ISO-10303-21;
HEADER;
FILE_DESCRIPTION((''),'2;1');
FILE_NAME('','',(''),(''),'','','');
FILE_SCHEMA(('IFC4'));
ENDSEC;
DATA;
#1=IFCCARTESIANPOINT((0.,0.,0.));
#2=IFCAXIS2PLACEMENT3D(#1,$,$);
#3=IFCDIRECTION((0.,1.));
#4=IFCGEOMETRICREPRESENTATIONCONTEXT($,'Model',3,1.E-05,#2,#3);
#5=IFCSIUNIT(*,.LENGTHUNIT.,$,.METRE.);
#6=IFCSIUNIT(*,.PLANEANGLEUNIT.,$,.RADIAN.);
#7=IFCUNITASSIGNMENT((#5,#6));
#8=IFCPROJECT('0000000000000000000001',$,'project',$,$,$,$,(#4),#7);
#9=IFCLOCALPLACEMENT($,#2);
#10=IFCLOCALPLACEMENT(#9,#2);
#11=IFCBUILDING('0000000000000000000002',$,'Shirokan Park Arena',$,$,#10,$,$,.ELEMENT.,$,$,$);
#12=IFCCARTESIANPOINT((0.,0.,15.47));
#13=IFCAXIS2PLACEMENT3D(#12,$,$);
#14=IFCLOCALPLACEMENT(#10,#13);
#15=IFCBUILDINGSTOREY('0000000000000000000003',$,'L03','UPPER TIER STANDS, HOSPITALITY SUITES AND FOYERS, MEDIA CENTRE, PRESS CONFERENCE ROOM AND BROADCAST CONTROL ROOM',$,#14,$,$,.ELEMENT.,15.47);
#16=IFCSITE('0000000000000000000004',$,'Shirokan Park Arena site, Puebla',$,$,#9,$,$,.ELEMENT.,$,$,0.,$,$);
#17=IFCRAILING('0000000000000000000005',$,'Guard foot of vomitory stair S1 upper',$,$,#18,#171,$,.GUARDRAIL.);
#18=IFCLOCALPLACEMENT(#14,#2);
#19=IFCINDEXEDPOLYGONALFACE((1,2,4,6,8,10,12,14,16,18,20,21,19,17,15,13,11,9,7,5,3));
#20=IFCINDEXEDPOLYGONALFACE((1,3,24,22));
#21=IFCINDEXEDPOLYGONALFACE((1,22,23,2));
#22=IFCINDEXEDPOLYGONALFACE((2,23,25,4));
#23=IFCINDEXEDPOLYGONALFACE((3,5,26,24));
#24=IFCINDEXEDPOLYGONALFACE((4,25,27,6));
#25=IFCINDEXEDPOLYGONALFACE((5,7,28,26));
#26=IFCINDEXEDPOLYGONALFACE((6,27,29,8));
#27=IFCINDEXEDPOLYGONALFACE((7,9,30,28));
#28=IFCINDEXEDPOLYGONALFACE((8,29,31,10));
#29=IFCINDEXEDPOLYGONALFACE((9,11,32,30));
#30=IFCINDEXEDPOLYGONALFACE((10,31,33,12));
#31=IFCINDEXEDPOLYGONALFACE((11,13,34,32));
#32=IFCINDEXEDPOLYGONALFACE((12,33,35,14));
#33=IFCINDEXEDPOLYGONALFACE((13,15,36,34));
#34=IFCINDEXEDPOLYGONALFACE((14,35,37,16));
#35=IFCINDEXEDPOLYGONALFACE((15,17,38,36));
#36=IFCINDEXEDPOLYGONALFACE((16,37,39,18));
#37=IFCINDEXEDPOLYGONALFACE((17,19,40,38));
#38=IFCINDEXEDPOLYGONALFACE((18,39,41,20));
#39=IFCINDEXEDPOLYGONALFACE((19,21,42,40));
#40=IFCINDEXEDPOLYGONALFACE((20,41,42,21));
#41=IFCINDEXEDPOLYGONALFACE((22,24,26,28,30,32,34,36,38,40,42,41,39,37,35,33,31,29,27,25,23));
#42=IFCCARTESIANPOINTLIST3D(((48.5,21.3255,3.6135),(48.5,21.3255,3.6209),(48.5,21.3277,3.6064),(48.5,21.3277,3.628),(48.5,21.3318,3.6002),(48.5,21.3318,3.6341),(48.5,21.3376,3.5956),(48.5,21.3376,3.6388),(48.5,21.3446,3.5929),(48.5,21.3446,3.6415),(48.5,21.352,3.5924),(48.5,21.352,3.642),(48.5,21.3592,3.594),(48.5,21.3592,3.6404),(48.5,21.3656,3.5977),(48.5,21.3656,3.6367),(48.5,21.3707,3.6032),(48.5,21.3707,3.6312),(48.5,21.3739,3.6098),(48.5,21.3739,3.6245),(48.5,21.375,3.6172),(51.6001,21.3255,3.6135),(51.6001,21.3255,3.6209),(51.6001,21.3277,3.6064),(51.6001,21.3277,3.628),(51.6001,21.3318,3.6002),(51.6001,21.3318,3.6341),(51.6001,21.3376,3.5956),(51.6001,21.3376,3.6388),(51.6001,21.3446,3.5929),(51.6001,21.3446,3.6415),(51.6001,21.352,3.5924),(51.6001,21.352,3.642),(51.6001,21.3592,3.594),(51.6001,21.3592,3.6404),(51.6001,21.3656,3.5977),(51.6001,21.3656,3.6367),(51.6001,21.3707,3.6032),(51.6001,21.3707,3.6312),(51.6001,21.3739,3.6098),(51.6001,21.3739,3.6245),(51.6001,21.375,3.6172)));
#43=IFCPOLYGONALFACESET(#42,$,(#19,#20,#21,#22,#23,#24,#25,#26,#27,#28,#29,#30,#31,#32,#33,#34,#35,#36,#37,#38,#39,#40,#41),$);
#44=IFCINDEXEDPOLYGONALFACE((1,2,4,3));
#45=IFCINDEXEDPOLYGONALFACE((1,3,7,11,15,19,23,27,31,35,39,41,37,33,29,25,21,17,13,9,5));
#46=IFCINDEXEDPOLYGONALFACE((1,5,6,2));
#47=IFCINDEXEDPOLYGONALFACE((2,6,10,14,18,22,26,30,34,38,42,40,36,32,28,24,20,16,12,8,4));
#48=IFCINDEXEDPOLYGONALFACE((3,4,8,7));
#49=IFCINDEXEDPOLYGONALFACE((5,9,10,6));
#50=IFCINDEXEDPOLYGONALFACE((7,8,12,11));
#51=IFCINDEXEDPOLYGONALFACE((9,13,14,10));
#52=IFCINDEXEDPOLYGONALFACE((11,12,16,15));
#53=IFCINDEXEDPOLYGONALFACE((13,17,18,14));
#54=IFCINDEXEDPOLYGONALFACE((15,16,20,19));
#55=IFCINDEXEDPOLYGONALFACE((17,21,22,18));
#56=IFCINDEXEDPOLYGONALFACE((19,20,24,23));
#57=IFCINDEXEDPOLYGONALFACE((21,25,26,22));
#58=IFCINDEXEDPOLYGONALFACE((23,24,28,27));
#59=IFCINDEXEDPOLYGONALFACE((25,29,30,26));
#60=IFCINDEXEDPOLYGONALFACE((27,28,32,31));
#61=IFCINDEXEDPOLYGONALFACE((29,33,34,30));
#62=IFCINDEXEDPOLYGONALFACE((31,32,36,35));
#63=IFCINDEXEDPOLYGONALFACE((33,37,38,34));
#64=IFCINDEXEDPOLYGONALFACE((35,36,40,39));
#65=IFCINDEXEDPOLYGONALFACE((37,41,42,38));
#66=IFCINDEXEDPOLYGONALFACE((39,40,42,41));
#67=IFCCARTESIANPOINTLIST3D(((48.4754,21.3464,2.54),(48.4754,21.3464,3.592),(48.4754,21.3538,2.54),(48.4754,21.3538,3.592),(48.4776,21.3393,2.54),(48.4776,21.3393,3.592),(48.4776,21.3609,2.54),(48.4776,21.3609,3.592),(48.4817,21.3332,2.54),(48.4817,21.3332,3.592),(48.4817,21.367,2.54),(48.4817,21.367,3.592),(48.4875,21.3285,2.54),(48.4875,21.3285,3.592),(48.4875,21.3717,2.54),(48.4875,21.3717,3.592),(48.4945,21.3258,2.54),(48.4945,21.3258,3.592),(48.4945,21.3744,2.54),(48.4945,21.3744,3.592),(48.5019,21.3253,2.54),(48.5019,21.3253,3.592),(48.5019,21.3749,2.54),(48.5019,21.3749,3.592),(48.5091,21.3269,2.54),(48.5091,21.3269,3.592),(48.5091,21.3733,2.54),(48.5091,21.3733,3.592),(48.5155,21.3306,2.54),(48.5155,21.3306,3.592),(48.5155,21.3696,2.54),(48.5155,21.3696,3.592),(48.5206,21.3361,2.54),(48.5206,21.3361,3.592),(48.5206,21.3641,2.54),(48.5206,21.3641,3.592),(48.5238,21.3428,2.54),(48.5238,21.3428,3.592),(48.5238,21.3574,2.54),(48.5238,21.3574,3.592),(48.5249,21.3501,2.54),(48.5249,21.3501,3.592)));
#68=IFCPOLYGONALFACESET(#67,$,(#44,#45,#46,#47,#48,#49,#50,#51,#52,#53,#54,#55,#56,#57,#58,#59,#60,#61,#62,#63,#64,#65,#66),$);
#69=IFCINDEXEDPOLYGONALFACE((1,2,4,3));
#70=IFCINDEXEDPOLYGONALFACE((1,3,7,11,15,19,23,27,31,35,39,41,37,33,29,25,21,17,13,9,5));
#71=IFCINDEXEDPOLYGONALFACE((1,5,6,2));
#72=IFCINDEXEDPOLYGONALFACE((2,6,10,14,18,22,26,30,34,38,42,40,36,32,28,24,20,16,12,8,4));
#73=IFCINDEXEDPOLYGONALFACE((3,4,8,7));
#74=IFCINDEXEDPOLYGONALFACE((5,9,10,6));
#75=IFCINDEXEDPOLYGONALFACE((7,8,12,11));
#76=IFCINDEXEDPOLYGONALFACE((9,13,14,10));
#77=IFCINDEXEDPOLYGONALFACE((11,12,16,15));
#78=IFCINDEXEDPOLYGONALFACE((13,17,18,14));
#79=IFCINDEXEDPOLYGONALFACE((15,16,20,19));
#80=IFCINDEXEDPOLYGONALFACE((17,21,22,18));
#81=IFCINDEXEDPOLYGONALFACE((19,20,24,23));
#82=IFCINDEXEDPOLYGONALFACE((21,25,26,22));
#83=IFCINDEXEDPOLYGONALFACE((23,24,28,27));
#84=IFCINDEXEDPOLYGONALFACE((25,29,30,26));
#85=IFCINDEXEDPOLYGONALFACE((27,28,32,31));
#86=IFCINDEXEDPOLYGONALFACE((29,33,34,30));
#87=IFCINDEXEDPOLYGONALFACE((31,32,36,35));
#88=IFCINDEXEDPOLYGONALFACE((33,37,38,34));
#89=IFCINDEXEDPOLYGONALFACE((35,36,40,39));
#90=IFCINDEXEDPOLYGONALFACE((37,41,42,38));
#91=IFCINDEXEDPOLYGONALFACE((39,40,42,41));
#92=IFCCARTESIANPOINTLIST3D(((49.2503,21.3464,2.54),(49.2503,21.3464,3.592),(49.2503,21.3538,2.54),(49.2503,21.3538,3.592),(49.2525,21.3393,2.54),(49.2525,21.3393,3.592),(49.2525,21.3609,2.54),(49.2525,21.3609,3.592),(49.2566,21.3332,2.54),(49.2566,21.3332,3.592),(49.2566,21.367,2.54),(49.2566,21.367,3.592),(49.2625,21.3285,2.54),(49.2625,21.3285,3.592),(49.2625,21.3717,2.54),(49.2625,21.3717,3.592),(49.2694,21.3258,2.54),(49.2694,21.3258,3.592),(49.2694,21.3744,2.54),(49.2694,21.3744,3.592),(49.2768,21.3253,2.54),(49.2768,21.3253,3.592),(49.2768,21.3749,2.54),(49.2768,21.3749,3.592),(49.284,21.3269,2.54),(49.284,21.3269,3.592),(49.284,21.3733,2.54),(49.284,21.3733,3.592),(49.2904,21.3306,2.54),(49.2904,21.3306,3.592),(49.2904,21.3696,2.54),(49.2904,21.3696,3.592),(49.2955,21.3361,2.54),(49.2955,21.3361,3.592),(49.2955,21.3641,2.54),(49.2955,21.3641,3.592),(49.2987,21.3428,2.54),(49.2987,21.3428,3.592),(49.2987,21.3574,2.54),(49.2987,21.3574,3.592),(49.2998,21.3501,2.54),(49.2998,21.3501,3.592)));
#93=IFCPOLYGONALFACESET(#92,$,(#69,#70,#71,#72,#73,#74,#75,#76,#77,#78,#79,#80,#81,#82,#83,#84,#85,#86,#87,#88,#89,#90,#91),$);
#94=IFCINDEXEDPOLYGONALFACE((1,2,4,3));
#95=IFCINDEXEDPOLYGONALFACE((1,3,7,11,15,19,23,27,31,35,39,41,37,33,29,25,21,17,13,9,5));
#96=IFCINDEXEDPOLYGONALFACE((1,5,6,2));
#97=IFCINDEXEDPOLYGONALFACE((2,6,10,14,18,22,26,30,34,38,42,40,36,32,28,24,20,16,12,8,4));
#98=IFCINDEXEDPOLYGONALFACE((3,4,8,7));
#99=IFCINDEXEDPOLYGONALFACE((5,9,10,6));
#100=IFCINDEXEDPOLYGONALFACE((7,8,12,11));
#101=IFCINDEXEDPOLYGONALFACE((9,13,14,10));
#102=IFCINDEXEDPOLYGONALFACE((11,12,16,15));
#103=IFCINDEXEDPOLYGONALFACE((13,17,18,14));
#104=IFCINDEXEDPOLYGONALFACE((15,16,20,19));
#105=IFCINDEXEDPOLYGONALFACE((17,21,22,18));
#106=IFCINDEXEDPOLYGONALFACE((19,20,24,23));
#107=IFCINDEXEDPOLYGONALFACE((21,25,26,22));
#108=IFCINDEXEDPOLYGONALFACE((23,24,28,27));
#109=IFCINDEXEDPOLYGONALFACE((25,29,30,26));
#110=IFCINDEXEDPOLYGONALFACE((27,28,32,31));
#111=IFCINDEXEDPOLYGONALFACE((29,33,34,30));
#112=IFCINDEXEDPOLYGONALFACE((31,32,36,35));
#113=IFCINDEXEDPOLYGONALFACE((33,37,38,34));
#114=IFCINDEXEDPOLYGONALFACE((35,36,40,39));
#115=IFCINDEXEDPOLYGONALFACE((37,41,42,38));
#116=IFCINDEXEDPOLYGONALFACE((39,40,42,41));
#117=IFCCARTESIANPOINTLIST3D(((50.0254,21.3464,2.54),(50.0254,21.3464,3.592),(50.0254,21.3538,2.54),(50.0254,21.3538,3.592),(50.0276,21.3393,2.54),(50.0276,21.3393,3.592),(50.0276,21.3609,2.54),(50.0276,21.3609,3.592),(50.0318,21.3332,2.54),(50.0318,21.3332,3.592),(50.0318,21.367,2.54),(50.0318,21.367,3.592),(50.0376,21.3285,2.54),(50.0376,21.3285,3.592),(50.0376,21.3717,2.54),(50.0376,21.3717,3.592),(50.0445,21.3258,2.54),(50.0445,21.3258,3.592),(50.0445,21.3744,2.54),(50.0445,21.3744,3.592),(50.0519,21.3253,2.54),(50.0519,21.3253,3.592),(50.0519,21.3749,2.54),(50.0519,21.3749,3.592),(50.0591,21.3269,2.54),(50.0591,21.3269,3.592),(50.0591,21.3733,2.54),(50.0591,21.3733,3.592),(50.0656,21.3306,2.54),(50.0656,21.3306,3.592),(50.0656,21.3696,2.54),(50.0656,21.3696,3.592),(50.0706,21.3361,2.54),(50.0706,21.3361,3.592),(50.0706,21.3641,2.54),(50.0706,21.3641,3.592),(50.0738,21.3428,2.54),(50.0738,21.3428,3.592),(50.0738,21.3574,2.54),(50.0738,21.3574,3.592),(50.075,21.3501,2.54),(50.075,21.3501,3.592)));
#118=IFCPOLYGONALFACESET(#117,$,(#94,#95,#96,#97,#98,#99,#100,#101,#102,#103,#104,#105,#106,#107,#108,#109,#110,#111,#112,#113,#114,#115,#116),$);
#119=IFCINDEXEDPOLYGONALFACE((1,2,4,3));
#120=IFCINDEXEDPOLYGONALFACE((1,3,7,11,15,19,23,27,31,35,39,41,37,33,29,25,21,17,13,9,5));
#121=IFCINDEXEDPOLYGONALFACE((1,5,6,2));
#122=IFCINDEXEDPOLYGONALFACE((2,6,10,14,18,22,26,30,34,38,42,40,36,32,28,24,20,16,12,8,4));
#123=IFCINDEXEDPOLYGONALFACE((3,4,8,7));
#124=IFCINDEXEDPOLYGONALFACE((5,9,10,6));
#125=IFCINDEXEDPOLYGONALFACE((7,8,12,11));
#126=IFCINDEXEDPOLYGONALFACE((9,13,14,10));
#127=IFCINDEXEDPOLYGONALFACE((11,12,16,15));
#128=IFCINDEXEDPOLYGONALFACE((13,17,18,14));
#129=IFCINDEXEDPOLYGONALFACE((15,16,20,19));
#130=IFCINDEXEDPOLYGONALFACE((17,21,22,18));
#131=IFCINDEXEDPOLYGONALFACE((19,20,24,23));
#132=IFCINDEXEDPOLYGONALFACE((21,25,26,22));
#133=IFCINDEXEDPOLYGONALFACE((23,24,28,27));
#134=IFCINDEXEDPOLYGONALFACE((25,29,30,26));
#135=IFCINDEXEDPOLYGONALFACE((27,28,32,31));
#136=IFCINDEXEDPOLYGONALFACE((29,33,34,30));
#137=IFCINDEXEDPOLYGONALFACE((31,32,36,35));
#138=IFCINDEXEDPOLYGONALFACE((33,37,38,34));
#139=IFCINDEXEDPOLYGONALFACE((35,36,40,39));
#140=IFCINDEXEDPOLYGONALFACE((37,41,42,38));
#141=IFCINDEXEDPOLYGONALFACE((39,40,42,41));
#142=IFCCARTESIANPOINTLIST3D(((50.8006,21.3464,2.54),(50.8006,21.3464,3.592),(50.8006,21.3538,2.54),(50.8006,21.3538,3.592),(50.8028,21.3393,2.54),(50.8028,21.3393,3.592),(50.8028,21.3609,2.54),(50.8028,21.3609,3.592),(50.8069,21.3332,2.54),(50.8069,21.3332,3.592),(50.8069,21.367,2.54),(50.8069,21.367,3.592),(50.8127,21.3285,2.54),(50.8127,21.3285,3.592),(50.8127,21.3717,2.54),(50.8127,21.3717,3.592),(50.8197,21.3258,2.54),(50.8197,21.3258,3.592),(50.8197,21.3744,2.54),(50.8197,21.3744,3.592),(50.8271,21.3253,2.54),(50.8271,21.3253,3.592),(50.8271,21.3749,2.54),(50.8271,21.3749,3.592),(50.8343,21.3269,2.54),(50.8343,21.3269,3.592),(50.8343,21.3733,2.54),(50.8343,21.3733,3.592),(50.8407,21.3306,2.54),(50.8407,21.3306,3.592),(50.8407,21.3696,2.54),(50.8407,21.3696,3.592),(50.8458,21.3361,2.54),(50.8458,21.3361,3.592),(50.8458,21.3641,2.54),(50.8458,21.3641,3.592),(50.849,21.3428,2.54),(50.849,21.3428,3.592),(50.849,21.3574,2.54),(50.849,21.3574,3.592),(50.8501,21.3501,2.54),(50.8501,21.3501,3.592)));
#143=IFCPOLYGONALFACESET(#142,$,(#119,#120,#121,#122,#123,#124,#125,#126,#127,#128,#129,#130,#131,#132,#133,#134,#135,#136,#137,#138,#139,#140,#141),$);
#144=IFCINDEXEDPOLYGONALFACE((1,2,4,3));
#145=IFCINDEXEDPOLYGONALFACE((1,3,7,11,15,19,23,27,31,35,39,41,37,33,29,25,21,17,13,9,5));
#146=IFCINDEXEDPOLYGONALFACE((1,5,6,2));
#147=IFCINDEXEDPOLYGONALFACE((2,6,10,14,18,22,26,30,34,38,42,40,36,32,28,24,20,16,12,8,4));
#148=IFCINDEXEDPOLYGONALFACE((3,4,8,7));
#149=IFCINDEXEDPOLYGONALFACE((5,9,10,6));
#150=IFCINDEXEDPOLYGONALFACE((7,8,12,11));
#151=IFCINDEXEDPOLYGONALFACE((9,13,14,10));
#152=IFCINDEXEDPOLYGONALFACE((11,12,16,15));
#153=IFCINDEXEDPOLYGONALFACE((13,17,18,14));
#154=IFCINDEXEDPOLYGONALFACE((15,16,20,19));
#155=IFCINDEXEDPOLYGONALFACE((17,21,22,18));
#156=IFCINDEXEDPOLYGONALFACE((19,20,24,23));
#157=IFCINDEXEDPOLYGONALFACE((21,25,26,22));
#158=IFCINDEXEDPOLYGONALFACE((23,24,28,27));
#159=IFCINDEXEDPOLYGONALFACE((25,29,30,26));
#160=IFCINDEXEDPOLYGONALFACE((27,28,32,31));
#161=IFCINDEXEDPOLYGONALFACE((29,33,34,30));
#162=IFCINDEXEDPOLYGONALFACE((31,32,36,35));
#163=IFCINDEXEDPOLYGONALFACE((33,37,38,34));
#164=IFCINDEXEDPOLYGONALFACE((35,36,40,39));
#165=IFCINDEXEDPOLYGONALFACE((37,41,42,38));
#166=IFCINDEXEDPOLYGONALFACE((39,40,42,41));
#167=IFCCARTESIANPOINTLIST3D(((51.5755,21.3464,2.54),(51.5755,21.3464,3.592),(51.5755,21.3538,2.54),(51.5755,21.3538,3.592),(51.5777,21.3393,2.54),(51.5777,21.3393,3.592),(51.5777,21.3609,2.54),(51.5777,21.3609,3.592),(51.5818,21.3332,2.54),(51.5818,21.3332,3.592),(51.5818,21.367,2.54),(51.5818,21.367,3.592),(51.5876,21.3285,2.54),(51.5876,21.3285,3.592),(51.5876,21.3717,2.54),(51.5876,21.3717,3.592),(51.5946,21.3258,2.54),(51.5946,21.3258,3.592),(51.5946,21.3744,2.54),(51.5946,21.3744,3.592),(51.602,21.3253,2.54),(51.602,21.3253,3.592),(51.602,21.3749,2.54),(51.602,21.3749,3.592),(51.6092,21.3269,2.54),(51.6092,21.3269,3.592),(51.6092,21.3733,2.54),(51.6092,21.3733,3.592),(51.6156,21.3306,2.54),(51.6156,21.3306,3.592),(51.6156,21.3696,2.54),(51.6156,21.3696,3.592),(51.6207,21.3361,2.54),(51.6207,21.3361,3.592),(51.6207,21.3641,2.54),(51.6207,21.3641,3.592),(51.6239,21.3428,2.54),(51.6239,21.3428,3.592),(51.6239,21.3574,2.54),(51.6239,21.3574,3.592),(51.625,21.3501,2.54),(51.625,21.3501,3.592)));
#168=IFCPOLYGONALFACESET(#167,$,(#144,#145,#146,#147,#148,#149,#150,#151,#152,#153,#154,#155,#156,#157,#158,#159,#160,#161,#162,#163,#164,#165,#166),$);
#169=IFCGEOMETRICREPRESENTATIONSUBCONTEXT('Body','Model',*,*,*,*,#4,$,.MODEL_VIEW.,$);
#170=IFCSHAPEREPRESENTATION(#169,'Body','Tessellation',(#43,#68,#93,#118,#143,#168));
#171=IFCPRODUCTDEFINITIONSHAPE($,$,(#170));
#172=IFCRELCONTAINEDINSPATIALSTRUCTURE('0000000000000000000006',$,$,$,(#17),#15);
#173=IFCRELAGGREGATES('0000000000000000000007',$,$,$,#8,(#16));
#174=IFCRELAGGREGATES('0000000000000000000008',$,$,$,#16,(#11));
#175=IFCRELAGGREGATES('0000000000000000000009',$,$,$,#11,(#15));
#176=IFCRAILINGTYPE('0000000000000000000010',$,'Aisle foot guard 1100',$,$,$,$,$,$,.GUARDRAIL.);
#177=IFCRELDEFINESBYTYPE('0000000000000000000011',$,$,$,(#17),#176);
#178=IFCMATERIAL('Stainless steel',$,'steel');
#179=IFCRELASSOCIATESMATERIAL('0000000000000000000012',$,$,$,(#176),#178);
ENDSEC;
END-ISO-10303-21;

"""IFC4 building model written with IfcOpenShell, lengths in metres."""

from ifc_helpers import new_model, si_unit, direction, frame, origin, origin_2d, place, context, subcontext, project, spatial, circle, extrude, material, type_object, element, save


model = new_model("IFC4")

# Units and contexts
model_context = context("Model", 3, precision=1e-05, world=origin(), true_north=direction((0.0, 1.0)))
body_context = subcontext(model_context, "Body", "Model", "MODEL_VIEW")
ifc_project = project(units=[si_unit("LENGTHUNIT", "METRE"), si_unit("PLANEANGLEUNIT", "RADIAN")], contexts=[model_context])

# Site, building, storey
site_placement = place(None, origin())
site = spatial("IfcSite", under=ifc_project, at=site_placement, Name="Shirokan Park Arena site, Puebla", CompositionType="ELEMENT", RefElevation=0.0)
building_placement = place(site_placement, origin())
building = spatial("IfcBuilding", under=site, at=building_placement, Name="Shirokan Park Arena", CompositionType="ELEMENT")
storey_placement = place(building_placement, frame((0.0, 0.0, 15.47)))
storey = spatial("IfcBuildingStorey", under=building, at=storey_placement, Name="L03", Description="UPPER TIER STANDS, HOSPITALITY SUITES AND FOYERS, MEDIA CENTRE, PRESS CONFERENCE ROOM AND BROADCAST CONTROL ROOM", CompositionType="ELEMENT", Elevation=15.47)

# Railing
ifc_material_1 = material(Name="Stainless steel", Category="steel")
railing_type_1 = type_object("IfcRailingType", Name="Aisle foot guard 1100", PredefinedType="GUARDRAIL", material=ifc_material_1)
railing_1_placement = place(storey_placement, frame((48.5, 21.3501, 2.54)))
element("IfcRailing", 1, at=railing_1_placement, inside=storey, type_object=railing_type_1, Name="Guard foot of vomitory stair S1 upper", PredefinedType="GUARDRAIL", context=body_context, shape_type="SweptSolid", body=[
    extrude(circle(Radius=0.0249, at=origin_2d()), frame((0.0, 0.0, 1.0771), z_axis=(1.0, 0.0, 0.0), x_axis=(0.0, 1.0, 0.0)), (0.0, 0.0, 1.0), 3.1001),
    extrude(circle(Radius=0.0249, at=origin_2d()), origin(), (0.0, 0.0, 1.0), 1.052),
    extrude(circle(Radius=0.0249, at=origin_2d()), frame((0.7749, 0.0, 0.0)), (0.0, 0.0, 1.0), 1.052),
    extrude(circle(Radius=0.0249, at=origin_2d()), frame((1.55, 0.0, 0.0)), (0.0, 0.0, 1.0), 1.052),
    extrude(circle(Radius=0.0249, at=origin_2d()), frame((2.3252, 0.0, 0.0)), (0.0, 0.0, 1.0), 1.052),
    extrude(circle(Radius=0.0249, at=origin_2d()), frame((3.1001, 0.0, 0.0)), (0.0, 0.0, 1.0), 1.052),
])

save(model, "model.ifc")
